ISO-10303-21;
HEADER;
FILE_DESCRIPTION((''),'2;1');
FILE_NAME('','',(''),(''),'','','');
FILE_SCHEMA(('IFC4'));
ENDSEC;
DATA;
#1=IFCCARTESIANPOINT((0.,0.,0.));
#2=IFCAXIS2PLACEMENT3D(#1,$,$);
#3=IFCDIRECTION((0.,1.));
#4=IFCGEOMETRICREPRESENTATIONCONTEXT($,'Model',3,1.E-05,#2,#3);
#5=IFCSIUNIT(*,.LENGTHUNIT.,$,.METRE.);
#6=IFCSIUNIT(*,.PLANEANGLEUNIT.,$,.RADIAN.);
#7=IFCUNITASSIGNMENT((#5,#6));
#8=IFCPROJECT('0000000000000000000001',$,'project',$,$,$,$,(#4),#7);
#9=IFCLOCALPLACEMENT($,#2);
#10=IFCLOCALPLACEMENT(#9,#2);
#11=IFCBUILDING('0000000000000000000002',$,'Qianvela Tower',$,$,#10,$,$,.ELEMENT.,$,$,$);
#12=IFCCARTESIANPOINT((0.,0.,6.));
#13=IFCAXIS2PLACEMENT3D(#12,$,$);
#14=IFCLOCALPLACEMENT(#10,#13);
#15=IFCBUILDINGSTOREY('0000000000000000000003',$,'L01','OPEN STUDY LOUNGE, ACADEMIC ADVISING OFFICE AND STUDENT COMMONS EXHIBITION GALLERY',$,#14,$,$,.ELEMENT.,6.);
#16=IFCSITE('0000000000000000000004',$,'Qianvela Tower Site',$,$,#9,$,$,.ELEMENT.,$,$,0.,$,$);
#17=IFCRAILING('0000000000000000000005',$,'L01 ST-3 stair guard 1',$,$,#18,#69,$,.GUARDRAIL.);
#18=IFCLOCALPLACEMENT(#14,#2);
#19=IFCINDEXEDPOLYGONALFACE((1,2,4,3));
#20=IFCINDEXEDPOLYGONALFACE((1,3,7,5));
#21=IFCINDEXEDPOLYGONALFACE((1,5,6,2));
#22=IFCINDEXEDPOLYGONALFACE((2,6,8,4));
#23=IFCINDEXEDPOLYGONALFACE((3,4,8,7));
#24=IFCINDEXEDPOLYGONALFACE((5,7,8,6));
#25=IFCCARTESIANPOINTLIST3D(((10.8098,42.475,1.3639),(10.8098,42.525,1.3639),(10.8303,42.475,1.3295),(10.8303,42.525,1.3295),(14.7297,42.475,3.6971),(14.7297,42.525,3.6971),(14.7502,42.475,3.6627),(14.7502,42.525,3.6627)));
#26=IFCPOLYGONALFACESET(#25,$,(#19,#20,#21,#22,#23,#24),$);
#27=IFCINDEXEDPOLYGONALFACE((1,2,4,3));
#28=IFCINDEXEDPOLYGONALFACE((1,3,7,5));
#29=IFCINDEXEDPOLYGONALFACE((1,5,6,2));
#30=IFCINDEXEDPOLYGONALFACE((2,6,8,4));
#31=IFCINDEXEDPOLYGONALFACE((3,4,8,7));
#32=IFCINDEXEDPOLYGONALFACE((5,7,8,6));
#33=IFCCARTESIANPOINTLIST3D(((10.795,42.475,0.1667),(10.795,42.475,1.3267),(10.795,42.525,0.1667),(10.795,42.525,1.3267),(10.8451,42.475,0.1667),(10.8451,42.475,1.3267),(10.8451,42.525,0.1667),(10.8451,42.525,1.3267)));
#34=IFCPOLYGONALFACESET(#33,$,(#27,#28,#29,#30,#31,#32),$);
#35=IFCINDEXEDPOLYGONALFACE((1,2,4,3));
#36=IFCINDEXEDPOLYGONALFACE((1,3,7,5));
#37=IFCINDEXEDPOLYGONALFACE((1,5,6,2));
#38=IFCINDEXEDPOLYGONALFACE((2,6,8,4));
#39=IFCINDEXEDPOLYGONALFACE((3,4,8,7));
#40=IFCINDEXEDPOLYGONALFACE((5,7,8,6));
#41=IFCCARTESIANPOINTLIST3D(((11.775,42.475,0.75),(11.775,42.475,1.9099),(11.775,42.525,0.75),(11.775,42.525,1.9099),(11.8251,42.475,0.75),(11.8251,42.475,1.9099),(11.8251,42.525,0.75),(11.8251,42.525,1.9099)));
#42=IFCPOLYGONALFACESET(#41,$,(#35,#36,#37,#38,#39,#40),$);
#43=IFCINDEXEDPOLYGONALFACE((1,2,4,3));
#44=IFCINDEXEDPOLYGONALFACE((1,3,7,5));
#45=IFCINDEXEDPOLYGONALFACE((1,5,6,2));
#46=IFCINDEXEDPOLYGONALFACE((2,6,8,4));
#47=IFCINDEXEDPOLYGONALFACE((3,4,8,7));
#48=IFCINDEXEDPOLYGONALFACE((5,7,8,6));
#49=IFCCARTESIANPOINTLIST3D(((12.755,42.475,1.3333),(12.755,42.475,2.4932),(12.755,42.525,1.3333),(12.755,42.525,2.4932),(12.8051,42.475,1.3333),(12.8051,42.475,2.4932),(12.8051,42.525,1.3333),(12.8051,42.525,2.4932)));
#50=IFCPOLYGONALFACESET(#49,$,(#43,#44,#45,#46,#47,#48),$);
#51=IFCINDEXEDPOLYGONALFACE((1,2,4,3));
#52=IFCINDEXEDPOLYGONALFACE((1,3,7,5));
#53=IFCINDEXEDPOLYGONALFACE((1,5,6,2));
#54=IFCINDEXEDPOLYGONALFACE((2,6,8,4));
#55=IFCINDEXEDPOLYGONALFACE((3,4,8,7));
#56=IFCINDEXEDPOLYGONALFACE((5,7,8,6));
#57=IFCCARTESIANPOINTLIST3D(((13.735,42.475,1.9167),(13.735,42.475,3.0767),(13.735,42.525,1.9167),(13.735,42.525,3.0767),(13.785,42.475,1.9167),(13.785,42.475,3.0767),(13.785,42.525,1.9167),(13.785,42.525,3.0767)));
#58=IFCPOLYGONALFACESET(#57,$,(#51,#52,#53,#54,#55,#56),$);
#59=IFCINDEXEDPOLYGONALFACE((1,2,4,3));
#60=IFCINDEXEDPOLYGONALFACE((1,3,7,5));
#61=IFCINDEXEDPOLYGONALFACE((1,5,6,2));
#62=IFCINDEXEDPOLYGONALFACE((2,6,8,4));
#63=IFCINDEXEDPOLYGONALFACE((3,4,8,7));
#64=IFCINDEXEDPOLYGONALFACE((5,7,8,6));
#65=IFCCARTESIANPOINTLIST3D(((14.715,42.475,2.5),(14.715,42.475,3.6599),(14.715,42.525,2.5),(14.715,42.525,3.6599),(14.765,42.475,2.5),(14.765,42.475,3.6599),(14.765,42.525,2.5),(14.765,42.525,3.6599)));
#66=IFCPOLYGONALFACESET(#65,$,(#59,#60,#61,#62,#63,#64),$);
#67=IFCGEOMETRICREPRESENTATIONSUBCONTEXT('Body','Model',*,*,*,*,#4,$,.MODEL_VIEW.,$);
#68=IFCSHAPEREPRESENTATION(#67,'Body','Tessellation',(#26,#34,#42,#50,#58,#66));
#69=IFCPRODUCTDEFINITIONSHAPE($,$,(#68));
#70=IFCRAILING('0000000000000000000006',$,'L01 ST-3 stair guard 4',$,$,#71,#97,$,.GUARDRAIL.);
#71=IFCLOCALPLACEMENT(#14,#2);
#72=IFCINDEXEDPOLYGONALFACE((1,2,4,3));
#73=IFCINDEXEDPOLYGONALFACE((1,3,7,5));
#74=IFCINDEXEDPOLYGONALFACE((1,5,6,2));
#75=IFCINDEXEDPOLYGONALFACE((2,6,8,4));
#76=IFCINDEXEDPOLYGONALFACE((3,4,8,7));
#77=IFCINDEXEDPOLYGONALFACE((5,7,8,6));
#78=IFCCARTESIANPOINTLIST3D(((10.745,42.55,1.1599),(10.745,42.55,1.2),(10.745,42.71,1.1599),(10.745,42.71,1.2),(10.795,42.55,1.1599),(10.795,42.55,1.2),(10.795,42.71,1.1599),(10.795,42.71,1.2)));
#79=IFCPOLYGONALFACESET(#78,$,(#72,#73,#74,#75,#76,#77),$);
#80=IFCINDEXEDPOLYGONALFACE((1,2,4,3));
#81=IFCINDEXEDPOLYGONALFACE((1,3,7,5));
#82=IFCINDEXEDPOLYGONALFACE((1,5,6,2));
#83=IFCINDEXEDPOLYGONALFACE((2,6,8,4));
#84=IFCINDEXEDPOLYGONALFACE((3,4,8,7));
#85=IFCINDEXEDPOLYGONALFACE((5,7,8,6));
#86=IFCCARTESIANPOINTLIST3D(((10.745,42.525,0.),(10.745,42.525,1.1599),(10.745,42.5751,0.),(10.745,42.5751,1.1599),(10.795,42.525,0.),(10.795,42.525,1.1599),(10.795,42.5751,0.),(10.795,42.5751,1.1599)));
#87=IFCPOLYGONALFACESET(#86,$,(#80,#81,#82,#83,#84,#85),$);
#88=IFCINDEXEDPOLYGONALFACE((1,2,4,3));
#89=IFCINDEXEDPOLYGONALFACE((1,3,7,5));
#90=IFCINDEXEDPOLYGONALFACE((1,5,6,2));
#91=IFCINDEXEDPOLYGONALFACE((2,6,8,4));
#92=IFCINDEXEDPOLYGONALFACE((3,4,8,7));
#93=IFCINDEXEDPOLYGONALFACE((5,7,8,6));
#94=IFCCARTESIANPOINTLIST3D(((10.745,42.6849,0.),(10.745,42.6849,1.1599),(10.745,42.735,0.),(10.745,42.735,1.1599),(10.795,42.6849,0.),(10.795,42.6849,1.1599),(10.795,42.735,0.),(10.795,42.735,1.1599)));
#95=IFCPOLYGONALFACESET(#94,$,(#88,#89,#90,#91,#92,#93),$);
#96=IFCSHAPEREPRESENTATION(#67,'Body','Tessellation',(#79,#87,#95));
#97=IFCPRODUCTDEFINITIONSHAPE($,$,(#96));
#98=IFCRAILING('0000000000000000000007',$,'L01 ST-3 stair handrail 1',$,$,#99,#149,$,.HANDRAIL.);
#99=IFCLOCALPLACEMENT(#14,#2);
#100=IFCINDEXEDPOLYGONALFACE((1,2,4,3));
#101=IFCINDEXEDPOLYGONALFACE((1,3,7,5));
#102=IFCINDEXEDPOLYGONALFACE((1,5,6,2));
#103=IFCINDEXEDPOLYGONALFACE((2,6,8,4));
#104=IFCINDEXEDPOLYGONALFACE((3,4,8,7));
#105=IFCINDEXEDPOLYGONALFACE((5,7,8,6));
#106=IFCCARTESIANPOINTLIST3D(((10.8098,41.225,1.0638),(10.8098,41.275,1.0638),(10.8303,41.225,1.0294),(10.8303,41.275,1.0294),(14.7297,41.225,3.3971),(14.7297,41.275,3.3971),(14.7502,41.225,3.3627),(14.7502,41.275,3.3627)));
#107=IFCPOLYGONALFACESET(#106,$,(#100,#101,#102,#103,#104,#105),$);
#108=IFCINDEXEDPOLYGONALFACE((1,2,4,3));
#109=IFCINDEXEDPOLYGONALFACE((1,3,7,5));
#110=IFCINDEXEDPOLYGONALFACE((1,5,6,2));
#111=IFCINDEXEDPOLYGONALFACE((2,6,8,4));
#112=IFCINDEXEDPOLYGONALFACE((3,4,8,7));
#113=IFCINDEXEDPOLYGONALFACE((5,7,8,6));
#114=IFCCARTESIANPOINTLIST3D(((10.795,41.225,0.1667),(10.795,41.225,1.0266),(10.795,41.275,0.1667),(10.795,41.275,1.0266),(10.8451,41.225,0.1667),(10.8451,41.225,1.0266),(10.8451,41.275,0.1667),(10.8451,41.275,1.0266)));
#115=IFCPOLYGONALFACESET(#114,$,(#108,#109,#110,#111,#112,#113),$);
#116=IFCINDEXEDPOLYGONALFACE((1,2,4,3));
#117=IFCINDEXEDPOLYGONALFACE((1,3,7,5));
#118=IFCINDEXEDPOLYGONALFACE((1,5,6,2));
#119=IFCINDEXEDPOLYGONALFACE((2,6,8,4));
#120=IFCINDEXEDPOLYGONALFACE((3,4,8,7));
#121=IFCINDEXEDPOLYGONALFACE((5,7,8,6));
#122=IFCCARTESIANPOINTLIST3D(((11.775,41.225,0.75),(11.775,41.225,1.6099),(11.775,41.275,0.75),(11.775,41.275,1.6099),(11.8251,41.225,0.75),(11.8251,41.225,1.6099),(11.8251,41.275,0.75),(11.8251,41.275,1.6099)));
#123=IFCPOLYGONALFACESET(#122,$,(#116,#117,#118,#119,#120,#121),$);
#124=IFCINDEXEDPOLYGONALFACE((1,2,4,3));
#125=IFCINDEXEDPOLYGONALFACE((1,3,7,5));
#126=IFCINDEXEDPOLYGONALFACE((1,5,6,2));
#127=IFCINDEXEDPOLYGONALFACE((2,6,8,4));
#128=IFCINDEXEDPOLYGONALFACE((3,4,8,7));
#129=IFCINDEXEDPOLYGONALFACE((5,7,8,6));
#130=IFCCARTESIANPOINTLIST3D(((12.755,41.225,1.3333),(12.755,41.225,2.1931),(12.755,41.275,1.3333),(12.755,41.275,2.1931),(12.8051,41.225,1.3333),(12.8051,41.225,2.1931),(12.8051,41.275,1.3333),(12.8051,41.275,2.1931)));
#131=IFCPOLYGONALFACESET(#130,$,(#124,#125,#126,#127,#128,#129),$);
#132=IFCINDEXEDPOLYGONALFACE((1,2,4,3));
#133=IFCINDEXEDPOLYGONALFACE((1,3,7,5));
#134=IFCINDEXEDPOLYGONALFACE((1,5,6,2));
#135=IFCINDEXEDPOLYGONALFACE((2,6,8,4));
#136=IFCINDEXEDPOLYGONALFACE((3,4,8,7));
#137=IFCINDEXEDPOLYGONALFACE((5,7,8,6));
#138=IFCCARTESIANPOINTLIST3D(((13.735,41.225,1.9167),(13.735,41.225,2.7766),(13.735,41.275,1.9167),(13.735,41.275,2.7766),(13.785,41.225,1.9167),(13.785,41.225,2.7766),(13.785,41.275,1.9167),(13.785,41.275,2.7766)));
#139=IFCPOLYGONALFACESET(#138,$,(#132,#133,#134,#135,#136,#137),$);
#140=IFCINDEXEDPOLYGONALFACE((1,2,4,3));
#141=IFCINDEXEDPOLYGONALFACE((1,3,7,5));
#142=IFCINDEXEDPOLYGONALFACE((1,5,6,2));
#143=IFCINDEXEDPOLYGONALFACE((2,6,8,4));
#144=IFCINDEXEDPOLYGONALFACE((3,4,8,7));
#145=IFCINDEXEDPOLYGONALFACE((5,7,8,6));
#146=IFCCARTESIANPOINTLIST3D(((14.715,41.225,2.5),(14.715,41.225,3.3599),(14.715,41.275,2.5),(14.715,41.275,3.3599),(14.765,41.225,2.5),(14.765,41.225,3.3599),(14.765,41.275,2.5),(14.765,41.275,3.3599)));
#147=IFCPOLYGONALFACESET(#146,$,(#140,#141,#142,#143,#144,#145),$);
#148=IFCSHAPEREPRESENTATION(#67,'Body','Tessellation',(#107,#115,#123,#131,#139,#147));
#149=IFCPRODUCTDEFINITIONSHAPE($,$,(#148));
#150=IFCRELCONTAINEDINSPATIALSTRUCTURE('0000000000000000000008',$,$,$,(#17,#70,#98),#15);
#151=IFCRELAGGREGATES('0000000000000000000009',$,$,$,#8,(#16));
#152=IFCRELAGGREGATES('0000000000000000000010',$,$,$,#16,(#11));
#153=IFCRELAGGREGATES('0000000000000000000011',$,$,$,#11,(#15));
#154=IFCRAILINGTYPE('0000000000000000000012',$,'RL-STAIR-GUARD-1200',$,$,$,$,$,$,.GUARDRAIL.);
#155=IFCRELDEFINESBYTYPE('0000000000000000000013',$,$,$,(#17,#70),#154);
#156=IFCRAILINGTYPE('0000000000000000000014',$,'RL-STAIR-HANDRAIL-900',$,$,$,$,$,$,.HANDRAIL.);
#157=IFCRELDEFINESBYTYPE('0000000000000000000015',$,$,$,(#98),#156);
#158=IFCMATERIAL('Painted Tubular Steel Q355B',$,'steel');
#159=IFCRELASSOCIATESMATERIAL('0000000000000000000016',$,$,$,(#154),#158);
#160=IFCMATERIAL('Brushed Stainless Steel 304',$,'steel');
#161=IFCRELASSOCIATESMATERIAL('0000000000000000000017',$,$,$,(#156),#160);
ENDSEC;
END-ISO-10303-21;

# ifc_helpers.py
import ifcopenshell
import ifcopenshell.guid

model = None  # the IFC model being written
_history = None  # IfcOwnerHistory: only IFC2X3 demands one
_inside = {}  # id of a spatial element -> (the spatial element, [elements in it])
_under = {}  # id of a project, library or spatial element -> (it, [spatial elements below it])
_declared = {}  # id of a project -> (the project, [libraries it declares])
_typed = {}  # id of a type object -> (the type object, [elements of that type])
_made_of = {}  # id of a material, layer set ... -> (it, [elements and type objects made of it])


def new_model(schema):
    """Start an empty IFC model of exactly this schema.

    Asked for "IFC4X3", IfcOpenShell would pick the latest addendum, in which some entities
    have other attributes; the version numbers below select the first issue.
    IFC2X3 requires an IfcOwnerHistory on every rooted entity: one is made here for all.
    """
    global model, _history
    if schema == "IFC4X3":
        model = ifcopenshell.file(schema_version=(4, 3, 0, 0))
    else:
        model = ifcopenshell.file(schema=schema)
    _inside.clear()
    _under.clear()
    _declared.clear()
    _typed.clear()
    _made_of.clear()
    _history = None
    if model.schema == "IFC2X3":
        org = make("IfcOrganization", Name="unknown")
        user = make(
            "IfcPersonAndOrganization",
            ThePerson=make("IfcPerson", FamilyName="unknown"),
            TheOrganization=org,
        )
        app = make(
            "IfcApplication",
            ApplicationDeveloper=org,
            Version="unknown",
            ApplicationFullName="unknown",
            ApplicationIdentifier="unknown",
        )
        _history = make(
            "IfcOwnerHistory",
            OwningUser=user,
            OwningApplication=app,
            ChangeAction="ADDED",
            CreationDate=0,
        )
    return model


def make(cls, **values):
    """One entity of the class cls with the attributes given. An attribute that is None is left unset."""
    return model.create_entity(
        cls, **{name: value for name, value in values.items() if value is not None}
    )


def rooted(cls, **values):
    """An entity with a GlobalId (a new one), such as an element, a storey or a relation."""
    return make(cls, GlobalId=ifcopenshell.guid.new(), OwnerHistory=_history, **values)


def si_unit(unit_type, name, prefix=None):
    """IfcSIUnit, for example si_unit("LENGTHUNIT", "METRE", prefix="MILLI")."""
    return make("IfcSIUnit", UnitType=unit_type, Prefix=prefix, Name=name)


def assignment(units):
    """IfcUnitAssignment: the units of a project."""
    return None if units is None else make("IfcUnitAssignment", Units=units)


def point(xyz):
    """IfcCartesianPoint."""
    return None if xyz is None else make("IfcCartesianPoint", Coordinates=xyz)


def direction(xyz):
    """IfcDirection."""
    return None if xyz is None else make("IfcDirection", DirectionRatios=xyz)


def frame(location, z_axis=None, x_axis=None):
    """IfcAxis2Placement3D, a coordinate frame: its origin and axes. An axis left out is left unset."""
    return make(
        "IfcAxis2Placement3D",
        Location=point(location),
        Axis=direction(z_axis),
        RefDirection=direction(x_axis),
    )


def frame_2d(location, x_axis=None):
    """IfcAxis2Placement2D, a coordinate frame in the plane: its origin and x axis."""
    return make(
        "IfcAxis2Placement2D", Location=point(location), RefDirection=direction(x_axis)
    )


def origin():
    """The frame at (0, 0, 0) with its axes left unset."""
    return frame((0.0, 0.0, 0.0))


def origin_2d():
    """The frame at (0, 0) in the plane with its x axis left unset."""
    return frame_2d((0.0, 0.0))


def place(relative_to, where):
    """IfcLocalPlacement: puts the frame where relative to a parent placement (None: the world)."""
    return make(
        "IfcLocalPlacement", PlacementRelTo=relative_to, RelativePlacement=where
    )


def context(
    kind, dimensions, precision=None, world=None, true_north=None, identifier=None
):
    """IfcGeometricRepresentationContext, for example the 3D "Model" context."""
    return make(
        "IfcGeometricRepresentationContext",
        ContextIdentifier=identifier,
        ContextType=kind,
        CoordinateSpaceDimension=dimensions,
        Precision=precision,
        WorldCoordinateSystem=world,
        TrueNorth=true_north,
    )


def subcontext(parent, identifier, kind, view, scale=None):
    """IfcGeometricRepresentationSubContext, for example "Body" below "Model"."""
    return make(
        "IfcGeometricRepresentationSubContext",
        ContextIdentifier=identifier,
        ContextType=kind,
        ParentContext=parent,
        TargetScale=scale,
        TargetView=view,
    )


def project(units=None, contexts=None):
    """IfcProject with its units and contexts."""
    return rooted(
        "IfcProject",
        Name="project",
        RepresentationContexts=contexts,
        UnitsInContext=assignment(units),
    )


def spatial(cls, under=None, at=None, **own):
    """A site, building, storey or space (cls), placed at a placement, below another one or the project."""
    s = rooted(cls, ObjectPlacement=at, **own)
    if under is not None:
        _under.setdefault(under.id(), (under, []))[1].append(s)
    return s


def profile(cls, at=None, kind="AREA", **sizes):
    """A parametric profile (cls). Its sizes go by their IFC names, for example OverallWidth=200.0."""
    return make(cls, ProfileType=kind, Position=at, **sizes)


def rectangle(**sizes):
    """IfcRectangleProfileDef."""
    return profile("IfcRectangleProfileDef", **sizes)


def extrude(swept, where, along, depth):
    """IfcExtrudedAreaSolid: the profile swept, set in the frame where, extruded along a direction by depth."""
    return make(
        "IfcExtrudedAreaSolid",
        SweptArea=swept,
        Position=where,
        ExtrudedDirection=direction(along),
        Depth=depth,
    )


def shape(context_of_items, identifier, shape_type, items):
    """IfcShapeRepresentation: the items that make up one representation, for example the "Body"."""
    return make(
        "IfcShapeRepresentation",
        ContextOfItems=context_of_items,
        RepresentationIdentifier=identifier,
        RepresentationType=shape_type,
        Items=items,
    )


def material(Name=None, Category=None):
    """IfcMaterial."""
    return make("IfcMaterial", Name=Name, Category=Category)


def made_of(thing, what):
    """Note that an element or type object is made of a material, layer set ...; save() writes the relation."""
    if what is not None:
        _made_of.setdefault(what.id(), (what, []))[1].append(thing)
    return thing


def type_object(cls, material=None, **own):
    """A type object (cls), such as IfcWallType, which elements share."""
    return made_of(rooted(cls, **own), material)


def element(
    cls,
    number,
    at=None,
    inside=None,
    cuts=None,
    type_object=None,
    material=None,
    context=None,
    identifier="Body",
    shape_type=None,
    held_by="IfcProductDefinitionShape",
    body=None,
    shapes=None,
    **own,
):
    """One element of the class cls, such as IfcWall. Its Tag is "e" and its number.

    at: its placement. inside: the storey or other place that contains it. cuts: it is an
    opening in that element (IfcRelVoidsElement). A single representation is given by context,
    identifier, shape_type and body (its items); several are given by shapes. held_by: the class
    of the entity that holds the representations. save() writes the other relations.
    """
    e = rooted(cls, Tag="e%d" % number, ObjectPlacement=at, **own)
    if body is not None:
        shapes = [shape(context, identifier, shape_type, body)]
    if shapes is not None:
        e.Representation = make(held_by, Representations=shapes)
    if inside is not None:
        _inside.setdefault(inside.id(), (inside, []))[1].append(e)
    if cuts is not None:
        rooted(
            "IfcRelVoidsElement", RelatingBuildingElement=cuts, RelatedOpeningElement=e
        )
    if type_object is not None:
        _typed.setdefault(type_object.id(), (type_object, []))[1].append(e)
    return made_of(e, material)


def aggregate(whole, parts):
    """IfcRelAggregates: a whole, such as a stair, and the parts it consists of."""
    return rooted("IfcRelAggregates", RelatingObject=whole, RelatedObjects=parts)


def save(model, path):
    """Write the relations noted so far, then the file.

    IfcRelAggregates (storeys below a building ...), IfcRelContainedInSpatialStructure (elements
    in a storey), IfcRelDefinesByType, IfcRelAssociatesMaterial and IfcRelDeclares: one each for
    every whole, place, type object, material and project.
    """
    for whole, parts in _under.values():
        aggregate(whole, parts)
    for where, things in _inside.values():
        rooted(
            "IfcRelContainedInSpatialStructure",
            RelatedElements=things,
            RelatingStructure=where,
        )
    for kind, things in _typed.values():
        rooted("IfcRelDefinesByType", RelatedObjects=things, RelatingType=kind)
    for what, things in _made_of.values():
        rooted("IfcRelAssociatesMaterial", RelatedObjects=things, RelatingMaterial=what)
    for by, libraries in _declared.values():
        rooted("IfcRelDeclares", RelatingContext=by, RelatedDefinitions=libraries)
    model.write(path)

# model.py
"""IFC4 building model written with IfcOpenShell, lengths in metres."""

from ifc_helpers import new_model, si_unit, direction, frame, origin, origin_2d, place, context, subcontext, project, spatial, rectangle, extrude, material, type_object, element, save


model = new_model("IFC4")

# Units and contexts
model_context = context("Model", 3, precision=1e-05, world=origin(), true_north=direction((0.0, 1.0)))
body_context = subcontext(model_context, "Body", "Model", "MODEL_VIEW")
ifc_project = project(units=[si_unit("LENGTHUNIT", "METRE"), si_unit("PLANEANGLEUNIT", "RADIAN")], contexts=[model_context])

# Site, building, storey
site_placement = place(None, origin())
site = spatial("IfcSite", under=ifc_project, at=site_placement, Name="Qianvela Tower Site", CompositionType="ELEMENT", RefElevation=0.0)
building_placement = place(site_placement, origin())
building = spatial("IfcBuilding", under=site, at=building_placement, Name="Qianvela Tower", CompositionType="ELEMENT")
storey_placement = place(building_placement, frame((0.0, 0.0, 6.0)))
storey = spatial("IfcBuildingStorey", under=building, at=storey_placement, Name="L01", Description="OPEN STUDY LOUNGE, ACADEMIC ADVISING OFFICE AND STUDENT COMMONS EXHIBITION GALLERY", CompositionType="ELEMENT", Elevation=6.0)

# Railings
ifc_material_1 = material(Name="Painted Tubular Steel Q355B", Category="steel")
railing_type_1 = type_object("IfcRailingType", Name="RL-STAIR-GUARD-1200", PredefinedType="GUARDRAIL", material=ifc_material_1)
railing_1_placement = place(storey_placement, frame((10.8201, 42.5, 0.1667)))
element("IfcRailing", 1, at=railing_1_placement, inside=storey, type_object=railing_type_1, Name="L01 ST-3 stair guard 1", PredefinedType="GUARDRAIL", context=body_context, shape_type="SweptSolid", body=[
    extrude(rectangle(XDim=0.05, YDim=0.04, at=origin_2d()), frame((0.0, 0.0, 1.1799), z_axis=(0.859296, 0.0, 0.511478), x_axis=(0.0, 1.0, 0.0)), (0.0, 0.0, 1.0), 4.5618),
    extrude(rectangle(XDim=0.05, YDim=0.05, at=origin_2d()), origin(), (0.0, 0.0, 1.0), 1.1599),
    extrude(rectangle(XDim=0.05, YDim=0.05, at=origin_2d()), frame((0.98, 0.0, 0.5833)), (0.0, 0.0, 1.0), 1.1599),
    extrude(rectangle(XDim=0.05, YDim=0.05, at=origin_2d()), frame((1.96, 0.0, 1.1665)), (0.0, 0.0, 1.0), 1.1599),
    extrude(rectangle(XDim=0.05, YDim=0.05, at=origin_2d()), frame((2.9399, 0.0, 1.75)), (0.0, 0.0, 1.0), 1.1599),
    extrude(rectangle(XDim=0.05, YDim=0.05, at=origin_2d()), frame((3.9199, 0.0, 2.3333)), (0.0, 0.0, 1.0), 1.1599),
])
railing_2_placement = place(storey_placement, frame((10.77, 42.55, 0.0)))
element("IfcRailing", 2, at=railing_2_placement, inside=storey, type_object=railing_type_1, Name="L01 ST-3 stair guard 4", PredefinedType="GUARDRAIL", context=body_context, shape_type="SweptSolid", body=[
    extrude(rectangle(XDim=0.05, YDim=0.04, at=origin_2d()), frame((0.0, 0.0, 1.1799), z_axis=(0.0, 1.0, 0.0), x_axis=(-1.0, 0.0, 0.0)), (0.0, 0.0, 1.0), 0.1599),
    extrude(rectangle(XDim=0.05, YDim=0.05, at=origin_2d()), origin(), (0.0, 0.0, 1.0), 1.1599),
    extrude(rectangle(XDim=0.05, YDim=0.05, at=origin_2d()), frame((0.0, 0.1599, 0.0)), (0.0, 0.0, 1.0), 1.1599),
])
ifc_material_2 = material(Name="Brushed Stainless Steel 304", Category="steel")
railing_type_2 = type_object("IfcRailingType", Name="RL-STAIR-HANDRAIL-900", PredefinedType="HANDRAIL", material=ifc_material_2)
railing_3_placement = place(storey_placement, frame((10.8201, 41.25, 0.1667)))
element("IfcRailing", 3, at=railing_3_placement, inside=storey, type_object=railing_type_2, Name="L01 ST-3 stair handrail 1", PredefinedType="HANDRAIL", context=body_context, shape_type="SweptSolid", body=[
    extrude(rectangle(XDim=0.05, YDim=0.04, at=origin_2d()), frame((0.0, 0.0, 0.8799), z_axis=(0.859296, 0.0, 0.511478), x_axis=(0.0, 1.0, 0.0)), (0.0, 0.0, 1.0), 4.5618),
    extrude(rectangle(XDim=0.05, YDim=0.05, at=origin_2d()), origin(), (0.0, 0.0, 1.0), 0.8599),
    extrude(rectangle(XDim=0.05, YDim=0.05, at=origin_2d()), frame((0.98, 0.0, 0.5833)), (0.0, 0.0, 1.0), 0.8599),
    extrude(rectangle(XDim=0.05, YDim=0.05, at=origin_2d()), frame((1.96, 0.0, 1.1665)), (0.0, 0.0, 1.0), 0.8599),
    extrude(rectangle(XDim=0.05, YDim=0.05, at=origin_2d()), frame((2.9399, 0.0, 1.75)), (0.0, 0.0, 1.0), 0.8599),
    extrude(rectangle(XDim=0.05, YDim=0.05, at=origin_2d()), frame((3.9199, 0.0, 2.3333)), (0.0, 0.0, 1.0), 0.8599),
])

save(model, "model.ifc")
